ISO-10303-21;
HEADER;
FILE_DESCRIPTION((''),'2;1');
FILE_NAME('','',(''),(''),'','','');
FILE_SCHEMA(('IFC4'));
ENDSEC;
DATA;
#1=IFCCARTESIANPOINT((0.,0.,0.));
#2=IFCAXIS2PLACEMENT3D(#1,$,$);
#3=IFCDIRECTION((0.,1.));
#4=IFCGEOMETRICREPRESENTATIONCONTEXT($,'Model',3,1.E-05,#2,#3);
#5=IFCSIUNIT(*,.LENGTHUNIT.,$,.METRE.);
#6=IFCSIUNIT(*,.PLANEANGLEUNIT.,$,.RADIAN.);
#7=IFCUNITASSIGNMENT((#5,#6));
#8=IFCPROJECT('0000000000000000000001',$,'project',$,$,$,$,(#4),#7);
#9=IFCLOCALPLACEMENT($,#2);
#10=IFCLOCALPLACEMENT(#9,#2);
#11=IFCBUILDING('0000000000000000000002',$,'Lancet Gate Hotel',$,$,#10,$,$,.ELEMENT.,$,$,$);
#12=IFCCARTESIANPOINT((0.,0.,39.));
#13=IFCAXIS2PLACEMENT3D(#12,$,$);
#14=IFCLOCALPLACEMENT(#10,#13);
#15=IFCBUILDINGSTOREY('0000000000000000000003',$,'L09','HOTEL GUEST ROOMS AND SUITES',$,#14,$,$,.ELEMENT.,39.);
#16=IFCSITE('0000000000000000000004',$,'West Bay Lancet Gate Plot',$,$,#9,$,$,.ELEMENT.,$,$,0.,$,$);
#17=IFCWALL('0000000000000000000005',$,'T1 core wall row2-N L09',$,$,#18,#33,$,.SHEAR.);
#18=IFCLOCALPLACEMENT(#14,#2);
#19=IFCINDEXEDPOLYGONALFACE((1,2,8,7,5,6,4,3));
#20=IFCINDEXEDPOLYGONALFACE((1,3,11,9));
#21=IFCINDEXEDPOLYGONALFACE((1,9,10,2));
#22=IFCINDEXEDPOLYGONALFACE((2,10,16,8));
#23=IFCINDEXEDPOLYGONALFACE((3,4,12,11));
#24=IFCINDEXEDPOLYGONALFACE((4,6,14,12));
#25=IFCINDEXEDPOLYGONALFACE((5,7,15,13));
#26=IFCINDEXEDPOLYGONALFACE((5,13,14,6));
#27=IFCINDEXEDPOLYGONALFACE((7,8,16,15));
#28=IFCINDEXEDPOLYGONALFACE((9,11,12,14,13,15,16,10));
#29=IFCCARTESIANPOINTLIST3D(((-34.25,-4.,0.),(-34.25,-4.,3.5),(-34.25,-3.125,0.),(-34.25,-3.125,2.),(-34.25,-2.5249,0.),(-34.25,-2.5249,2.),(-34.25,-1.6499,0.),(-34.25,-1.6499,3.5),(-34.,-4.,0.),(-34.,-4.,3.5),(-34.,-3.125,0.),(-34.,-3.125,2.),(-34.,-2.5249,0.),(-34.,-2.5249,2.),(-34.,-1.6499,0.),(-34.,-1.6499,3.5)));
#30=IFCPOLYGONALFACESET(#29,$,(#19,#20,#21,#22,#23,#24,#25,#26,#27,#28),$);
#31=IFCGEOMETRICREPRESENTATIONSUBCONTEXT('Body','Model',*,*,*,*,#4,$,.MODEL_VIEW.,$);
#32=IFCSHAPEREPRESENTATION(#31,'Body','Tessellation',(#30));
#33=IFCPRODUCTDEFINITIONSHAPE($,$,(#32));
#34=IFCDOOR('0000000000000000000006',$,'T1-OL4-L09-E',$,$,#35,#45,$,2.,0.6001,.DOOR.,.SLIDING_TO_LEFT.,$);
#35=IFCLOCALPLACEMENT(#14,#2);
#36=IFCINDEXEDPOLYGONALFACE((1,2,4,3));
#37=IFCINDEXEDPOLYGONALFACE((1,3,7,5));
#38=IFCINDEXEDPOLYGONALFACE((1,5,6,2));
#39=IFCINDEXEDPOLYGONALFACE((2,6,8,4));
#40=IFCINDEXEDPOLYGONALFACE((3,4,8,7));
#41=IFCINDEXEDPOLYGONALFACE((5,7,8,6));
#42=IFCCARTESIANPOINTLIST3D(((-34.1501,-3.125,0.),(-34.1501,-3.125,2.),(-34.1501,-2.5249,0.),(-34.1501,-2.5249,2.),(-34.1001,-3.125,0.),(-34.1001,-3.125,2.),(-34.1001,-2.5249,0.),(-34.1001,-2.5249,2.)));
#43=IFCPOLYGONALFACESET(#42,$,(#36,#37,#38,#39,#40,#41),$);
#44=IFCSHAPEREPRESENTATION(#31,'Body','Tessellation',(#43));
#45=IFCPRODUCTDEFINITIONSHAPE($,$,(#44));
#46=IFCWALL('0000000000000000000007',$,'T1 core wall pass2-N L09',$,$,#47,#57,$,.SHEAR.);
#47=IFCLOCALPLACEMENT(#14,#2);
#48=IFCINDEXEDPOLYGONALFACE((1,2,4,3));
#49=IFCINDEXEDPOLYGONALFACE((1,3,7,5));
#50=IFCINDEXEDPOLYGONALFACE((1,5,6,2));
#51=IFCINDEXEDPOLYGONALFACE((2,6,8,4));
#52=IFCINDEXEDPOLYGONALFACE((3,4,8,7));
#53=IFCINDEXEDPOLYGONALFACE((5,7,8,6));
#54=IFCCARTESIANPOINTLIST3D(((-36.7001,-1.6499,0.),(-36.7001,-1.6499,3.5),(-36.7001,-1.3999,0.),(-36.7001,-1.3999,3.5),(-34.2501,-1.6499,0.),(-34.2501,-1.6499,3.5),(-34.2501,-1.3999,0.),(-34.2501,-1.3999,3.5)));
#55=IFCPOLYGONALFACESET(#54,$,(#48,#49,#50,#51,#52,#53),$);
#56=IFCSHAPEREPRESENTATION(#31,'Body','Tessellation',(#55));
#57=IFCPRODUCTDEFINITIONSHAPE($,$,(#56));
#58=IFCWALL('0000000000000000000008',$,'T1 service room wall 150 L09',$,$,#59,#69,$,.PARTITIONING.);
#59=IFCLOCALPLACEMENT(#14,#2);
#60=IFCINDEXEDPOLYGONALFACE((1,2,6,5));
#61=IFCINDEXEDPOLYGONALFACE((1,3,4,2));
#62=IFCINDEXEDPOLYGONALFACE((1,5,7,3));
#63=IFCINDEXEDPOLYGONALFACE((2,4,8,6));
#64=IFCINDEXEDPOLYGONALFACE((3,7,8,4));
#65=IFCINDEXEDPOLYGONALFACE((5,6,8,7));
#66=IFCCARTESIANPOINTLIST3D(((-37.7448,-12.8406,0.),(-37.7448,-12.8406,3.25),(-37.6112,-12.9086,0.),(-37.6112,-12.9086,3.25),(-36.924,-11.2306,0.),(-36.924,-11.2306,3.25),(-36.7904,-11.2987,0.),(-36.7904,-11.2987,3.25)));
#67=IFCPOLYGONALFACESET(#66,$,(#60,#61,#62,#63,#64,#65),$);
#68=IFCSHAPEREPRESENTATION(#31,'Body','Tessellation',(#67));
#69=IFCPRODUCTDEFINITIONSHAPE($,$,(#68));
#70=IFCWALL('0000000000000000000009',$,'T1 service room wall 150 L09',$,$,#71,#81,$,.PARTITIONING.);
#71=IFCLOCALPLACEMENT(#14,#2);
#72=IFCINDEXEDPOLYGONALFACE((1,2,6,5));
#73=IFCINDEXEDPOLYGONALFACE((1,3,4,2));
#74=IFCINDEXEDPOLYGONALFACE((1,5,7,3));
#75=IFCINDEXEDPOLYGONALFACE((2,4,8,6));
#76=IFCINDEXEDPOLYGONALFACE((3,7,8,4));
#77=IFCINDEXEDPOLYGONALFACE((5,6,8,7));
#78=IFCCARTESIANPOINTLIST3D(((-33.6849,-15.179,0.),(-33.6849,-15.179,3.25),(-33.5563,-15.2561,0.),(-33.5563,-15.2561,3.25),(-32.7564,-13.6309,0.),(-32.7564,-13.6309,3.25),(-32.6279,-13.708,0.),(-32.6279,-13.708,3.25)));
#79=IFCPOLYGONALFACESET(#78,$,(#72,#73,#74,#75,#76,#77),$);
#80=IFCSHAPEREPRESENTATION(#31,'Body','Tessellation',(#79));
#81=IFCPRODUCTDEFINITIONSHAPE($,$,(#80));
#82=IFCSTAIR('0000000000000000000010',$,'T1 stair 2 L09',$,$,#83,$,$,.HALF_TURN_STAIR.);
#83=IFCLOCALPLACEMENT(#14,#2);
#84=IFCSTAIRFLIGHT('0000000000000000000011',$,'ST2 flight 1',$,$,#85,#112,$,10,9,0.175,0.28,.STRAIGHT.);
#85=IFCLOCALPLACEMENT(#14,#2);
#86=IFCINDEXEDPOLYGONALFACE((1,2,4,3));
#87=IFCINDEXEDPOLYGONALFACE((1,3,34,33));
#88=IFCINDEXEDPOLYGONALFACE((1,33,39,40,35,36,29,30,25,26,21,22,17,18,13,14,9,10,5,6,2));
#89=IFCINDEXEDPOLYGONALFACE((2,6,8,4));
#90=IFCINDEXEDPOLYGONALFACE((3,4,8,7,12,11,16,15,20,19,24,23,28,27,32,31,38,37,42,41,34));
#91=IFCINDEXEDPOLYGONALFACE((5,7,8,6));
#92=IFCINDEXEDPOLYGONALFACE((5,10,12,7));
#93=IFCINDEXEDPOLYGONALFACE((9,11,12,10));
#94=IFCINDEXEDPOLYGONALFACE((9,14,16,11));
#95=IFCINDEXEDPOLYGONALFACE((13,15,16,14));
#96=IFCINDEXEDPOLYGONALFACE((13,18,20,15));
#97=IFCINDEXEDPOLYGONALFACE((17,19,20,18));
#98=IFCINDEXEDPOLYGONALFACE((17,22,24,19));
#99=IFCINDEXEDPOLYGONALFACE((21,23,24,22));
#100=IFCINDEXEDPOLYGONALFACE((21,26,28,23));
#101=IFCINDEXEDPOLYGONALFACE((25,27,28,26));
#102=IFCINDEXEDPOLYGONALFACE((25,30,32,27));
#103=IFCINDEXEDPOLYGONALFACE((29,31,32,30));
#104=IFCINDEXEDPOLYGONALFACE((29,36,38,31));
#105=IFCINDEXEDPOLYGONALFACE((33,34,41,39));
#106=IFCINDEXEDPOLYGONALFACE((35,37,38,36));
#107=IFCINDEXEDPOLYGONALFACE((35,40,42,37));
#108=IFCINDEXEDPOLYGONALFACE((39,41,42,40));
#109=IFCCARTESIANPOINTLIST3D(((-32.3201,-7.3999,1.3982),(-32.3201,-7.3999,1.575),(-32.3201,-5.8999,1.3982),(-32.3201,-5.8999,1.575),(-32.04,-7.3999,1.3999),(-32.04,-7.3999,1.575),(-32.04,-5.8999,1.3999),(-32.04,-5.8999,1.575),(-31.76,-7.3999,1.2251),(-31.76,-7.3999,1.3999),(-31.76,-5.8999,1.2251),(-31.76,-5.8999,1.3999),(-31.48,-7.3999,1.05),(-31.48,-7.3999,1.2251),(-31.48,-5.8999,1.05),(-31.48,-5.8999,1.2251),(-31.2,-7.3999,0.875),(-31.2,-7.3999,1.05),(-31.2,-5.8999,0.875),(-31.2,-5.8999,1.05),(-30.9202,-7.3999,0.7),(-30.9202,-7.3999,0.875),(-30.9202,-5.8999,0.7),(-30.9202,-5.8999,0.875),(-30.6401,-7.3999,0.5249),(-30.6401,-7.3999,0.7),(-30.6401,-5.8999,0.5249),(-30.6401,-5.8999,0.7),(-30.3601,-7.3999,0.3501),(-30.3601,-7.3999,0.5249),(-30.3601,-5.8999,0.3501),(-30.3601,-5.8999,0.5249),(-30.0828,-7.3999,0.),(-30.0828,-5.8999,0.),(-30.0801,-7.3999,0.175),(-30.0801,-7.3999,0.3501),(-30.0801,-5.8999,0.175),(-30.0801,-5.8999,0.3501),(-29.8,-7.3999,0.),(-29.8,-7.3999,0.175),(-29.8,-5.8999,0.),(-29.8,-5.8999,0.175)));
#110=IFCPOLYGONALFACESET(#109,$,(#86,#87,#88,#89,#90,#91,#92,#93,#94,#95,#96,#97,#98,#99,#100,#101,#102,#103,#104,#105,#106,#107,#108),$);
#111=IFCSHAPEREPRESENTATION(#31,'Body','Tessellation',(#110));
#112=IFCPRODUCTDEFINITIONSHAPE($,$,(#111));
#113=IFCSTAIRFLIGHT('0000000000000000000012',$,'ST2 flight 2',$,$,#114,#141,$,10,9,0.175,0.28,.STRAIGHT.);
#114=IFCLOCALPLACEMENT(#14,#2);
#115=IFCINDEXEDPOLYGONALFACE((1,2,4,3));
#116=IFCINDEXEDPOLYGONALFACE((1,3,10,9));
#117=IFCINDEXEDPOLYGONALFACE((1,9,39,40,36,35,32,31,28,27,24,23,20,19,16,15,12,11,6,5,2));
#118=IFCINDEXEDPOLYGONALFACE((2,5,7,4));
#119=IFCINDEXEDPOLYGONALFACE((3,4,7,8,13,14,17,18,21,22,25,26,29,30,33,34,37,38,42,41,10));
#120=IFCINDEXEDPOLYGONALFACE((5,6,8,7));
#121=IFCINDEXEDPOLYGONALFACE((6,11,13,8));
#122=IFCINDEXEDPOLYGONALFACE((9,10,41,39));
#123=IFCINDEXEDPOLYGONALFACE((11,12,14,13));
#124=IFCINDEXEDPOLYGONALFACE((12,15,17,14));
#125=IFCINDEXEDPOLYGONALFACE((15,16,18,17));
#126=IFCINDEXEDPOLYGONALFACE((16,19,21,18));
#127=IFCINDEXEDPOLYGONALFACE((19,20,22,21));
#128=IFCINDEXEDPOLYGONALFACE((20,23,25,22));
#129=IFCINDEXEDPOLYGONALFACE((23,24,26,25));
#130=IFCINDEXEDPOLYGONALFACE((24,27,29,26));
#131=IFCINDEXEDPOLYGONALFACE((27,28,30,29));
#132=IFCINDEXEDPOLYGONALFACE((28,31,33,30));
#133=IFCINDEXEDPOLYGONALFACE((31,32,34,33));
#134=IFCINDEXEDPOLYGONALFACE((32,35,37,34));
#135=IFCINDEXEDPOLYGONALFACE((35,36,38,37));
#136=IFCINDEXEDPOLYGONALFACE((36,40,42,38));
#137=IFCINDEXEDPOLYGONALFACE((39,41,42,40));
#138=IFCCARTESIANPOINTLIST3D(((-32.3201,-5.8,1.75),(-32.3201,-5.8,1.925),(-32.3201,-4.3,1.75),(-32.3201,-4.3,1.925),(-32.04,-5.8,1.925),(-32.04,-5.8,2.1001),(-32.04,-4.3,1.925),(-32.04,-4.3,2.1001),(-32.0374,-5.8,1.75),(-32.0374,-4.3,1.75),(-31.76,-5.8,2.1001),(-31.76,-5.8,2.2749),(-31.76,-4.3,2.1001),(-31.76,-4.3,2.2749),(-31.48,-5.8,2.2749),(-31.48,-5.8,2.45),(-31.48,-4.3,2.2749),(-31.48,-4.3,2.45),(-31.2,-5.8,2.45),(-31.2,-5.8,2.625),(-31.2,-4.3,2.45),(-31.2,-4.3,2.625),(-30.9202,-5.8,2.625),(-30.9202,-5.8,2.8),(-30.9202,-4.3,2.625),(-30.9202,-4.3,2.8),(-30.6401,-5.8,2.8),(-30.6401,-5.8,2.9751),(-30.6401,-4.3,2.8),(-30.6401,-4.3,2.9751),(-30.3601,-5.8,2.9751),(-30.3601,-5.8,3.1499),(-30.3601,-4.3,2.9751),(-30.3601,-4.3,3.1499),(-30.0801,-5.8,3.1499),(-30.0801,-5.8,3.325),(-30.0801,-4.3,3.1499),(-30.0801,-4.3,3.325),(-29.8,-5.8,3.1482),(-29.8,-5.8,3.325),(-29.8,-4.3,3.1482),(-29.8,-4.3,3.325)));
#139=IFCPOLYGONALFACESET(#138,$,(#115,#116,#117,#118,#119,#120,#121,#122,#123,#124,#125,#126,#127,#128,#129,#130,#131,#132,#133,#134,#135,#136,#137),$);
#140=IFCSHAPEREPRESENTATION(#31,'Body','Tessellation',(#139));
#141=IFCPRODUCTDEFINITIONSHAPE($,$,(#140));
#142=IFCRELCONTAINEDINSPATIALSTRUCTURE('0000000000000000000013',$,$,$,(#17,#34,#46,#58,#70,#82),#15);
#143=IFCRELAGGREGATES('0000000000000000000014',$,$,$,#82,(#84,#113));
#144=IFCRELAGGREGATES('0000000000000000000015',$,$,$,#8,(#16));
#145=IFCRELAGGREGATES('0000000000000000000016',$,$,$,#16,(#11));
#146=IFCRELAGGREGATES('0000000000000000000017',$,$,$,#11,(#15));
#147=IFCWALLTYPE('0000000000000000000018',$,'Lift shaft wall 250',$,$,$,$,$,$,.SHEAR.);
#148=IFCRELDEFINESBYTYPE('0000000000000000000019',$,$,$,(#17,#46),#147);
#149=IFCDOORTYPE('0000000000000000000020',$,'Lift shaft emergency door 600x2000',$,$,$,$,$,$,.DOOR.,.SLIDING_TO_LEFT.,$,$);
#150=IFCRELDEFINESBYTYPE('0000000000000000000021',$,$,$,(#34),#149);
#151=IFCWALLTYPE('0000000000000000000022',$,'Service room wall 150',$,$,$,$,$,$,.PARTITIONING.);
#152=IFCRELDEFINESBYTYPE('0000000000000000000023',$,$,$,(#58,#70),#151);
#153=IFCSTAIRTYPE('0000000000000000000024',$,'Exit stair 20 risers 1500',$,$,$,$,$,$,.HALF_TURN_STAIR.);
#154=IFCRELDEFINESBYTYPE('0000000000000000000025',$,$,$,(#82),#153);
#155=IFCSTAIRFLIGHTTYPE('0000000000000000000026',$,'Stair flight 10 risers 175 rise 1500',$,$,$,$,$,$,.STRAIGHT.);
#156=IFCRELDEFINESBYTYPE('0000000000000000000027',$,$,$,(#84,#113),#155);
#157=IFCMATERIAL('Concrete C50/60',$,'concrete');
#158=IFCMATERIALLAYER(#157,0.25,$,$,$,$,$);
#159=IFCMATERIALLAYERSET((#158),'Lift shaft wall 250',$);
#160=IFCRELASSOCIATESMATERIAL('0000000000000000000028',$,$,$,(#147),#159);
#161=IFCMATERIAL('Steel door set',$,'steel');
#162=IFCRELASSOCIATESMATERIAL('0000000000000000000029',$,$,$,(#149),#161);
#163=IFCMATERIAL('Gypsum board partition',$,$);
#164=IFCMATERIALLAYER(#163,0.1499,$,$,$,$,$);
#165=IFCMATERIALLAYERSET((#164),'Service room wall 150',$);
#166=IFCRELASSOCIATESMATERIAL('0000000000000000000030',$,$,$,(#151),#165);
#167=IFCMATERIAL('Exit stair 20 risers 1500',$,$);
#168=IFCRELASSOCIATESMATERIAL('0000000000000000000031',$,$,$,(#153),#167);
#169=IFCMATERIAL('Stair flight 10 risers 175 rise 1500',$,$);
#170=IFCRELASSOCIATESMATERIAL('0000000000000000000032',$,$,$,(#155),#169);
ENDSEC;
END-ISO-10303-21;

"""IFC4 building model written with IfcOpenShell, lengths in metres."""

from ifc_helpers import new_model, si_unit, direction, frame, frame_2d, origin, place, context, subcontext, project, spatial, polyline, rectangle, outline, extrude, material, layer, layer_set, type_object, element, fill, aggregate, save


model = new_model("IFC4")

# Units and contexts
model_context = context("Model", 3, precision=1e-05, world=origin(), true_north=direction((0.0, 1.0)))
body_context = subcontext(model_context, "Body", "Model", "MODEL_VIEW")
ifc_project = project(units=[si_unit("LENGTHUNIT", "METRE"), si_unit("PLANEANGLEUNIT", "RADIAN")], contexts=[model_context])

# Site, building, storey
site_placement = place(None, origin())
site = spatial("IfcSite", under=ifc_project, at=site_placement, Name="West Bay Lancet Gate Plot", CompositionType="ELEMENT", RefElevation=0.0)
building_placement = place(site_placement, origin())
building = spatial("IfcBuilding", under=site, at=building_placement, Name="Lancet Gate Hotel", CompositionType="ELEMENT")
storey_placement = place(building_placement, frame((0.0, 0.0, 39.0)))
storey = spatial("IfcBuildingStorey", under=building, at=storey_placement, Name="L09", Description="HOTEL GUEST ROOMS AND SUITES", CompositionType="ELEMENT", Elevation=39.0)

# Wall, opening, door
ifc_material_1 = material(Name="Concrete C50/60", Category="concrete")
ifc_layer_1 = layer(ifc_material_1, 0.25)
ifc_layer_set_1 = layer_set([ifc_layer_1], Name="Lift shaft wall 250")
wall_type_1 = type_object("IfcWallType", Name="Lift shaft wall 250", PredefinedType="SHEAR", material=ifc_layer_set_1)
wall_1_placement = place(storey_placement, frame((-34.125, -1.6499, 0.0), z_axis=(0.0, 0.0, 1.0), x_axis=(0.0, -1.0, 0.0)))
wall_1 = element("IfcWall", 1, at=wall_1_placement, inside=storey, type_object=wall_type_1, Name="T1 core wall row2-N L09", PredefinedType="SHEAR", context=body_context, shape_type="SweptSolid", body=[
    extrude(rectangle(XDim=2.3501, YDim=0.25, at=frame_2d((1.175, 0.0))), origin(), (0.0, 0.0, 1.0), 3.5),
])
opening_1_placement = place(wall_1_placement, frame((0.875, 0.0, 0.0)))
opening_1 = element("IfcOpeningElement", 2, at=opening_1_placement, cuts=wall_1, PredefinedType="OPENING", context=body_context, shape_type="SweptSolid", body=[
    extrude(rectangle(XDim=0.6001, YDim=2.0, at=frame_2d((0.3, 1.0))), frame((0.0, 0.135, 0.0), z_axis=(0.0, -1.0, 0.0), x_axis=(1.0, 0.0, 0.0)), (0.0, 0.0, 1.0), 0.27),
])
ifc_material_2 = material(Name="Steel door set", Category="steel")
door_type_1 = type_object("IfcDoorType", Name="Lift shaft emergency door 600x2000", OperationType="SLIDING_TO_LEFT", PredefinedType="DOOR", material=ifc_material_2)
door_1_placement = place(opening_1_placement, origin())
door_1 = element("IfcDoor", 3, at=door_1_placement, inside=storey, type_object=door_type_1, Name="T1-OL4-L09-E", OperationType="SLIDING_TO_LEFT", OverallHeight=2.0, OverallWidth=0.6001, PredefinedType="DOOR", context=body_context, shape_type="SweptSolid", body=[
    extrude(rectangle(XDim=0.6001, YDim=2.0, at=frame_2d((0.3, 1.0))), frame((0.0, 0.0249, 0.0), z_axis=(0.0, -1.0, 0.0), x_axis=(1.0, 0.0, 0.0)), (0.0, 0.0, 1.0), 0.05),
])
fill(opening_1, door_1)

# Walls
wall_2_placement = place(storey_placement, frame((-34.25, -1.5249, 0.0), z_axis=(0.0, 0.0, 1.0), x_axis=(-1.0, 0.0, 0.0)))
element("IfcWall", 4, at=wall_2_placement, inside=storey, type_object=wall_type_1, Name="T1 core wall pass2-N L09", PredefinedType="SHEAR", context=body_context, shape_type="SweptSolid", body=[
    extrude(rectangle(XDim=2.45, YDim=0.25, at=frame_2d((1.2251, 0.0))), origin(), (0.0, 0.0, 1.0), 3.5),
])
ifc_material_3 = material(Name="Gypsum board partition")
ifc_layer_2 = layer(ifc_material_3, 0.1499)
ifc_layer_set_2 = layer_set([ifc_layer_2], Name="Service room wall 150")
wall_type_2 = type_object("IfcWallType", Name="Service room wall 150", PredefinedType="PARTITIONING", material=ifc_layer_set_2)
wall_3_placement = place(storey_placement, frame((-36.8572, -11.2646, 0.0), z_axis=(0.0, 0.0, 1.0), x_axis=(-0.454225, -0.890887, 0.0)))
element("IfcWall", 5, at=wall_3_placement, inside=storey, type_object=wall_type_2, Name="T1 service room wall 150 L09", PredefinedType="PARTITIONING", context=body_context, shape_type="SweptSolid", body=[
    extrude(rectangle(XDim=1.8071, YDim=0.1499, at=frame_2d((0.9036, 0.0))), origin(), (0.0, 0.0, 1.0), 3.25),
])
wall_4_placement = place(storey_placement, frame((-33.6206, -15.2175, 0.0), z_axis=(0.0, 0.0, 1.0), x_axis=(0.514337, 0.857588, 0.0)))
element("IfcWall", 6, at=wall_4_placement, inside=storey, type_object=wall_type_2, Name="T1 service room wall 150 L09", PredefinedType="PARTITIONING", context=body_context, shape_type="SweptSolid", body=[
    extrude(rectangle(XDim=1.8052, YDim=0.1499, at=frame_2d((0.9026, 0.0))), origin(), (0.0, 0.0, 1.0), 3.25),
])

# Stair, stair flights
ifc_material_4 = material(Name="Exit stair 20 risers 1500")
stair_type = type_object("IfcStairType", Name="Exit stair 20 risers 1500", PredefinedType="HALF_TURN_STAIR", material=ifc_material_4)
stair_placement = place(storey_placement, origin())
stair = element("IfcStair", 7, at=stair_placement, inside=storey, type_object=stair_type, Name="T1 stair 2 L09", PredefinedType="HALF_TURN_STAIR")
ifc_material_5 = material(Name="Stair flight 10 risers 175 rise 1500")
stair_flight_type = type_object("IfcStairFlightType", Name="Stair flight 10 risers 175 rise 1500", PredefinedType="STRAIGHT", material=ifc_material_5)
stair_flight_1_placement = place(storey_placement, frame((-29.8, -6.6499, 0.0), z_axis=(0.0, 0.0, 1.0), x_axis=(-1.0, 0.0, 0.0)))
stair_flight_1 = element("IfcStairFlight", 8, at=stair_flight_1_placement, type_object=stair_flight_type, Name="ST2 flight 1", NumberOfRisers=10, NumberOfTreads=9, PredefinedType="STRAIGHT", RiserHeight=0.175, TreadLength=0.28, context=body_context, shape_type="SweptSolid", body=[
    extrude(outline(polyline([(0.0, 0.0), (0.0, 0.175), (0.28, 0.175), (0.28, 0.3501), (0.5601, 0.3501), (0.5601, 0.5249), (0.8401, 0.5249), (0.8401, 0.7), (1.1201, 0.7), (1.1201, 0.875), (1.3999, 0.875), (1.3999, 1.05), (1.6799, 1.05), (1.6799, 1.2251), (1.96, 1.2251), (1.96, 1.3999), (2.24, 1.3999), (2.24, 1.575), (2.52, 1.575), (2.52, 1.75), (2.52, 1.3982), (0.2827, 0.0), (0.0, 0.0)])), frame((0.0, 0.75, 0.0), z_axis=(0.0, -1.0, 0.0), x_axis=(1.0, 0.0, 0.0)), (0.0, 0.0, 1.0), 1.5),
])
stair_flight_2_placement = place(storey_placement, frame((-32.3201, -5.05, 1.75), z_axis=(0.0, 0.0, 1.0), x_axis=(1.0, 0.0, 0.0)))
stair_flight_2 = element("IfcStairFlight", 9, at=stair_flight_2_placement, type_object=stair_flight_type, Name="ST2 flight 2", NumberOfRisers=10, NumberOfTreads=9, PredefinedType="STRAIGHT", RiserHeight=0.175, TreadLength=0.28, context=body_context, shape_type="SweptSolid", body=[
    extrude(outline(polyline([(0.0, 0.0), (0.0, 0.175), (0.28, 0.175), (0.28, 0.3501), (0.5601, 0.3501), (0.5601, 0.5249), (0.8401, 0.5249), (0.8401, 0.7), (1.1201, 0.7), (1.1201, 0.875), (1.3999, 0.875), (1.3999, 1.05), (1.6799, 1.05), (1.6799, 1.2251), (1.96, 1.2251), (1.96, 1.3999), (2.24, 1.3999), (2.24, 1.575), (2.52, 1.575), (2.52, 1.75), (2.52, 1.3982), (0.2827, 0.0), (0.0, 0.0)])), frame((0.0, 0.75, 0.0), z_axis=(0.0, -1.0, 0.0), x_axis=(1.0, 0.0, 0.0)), (0.0, 0.0, 1.0), 1.5),
])
aggregate(stair, [stair_flight_1, stair_flight_2])

save(model, "model.ifc")
